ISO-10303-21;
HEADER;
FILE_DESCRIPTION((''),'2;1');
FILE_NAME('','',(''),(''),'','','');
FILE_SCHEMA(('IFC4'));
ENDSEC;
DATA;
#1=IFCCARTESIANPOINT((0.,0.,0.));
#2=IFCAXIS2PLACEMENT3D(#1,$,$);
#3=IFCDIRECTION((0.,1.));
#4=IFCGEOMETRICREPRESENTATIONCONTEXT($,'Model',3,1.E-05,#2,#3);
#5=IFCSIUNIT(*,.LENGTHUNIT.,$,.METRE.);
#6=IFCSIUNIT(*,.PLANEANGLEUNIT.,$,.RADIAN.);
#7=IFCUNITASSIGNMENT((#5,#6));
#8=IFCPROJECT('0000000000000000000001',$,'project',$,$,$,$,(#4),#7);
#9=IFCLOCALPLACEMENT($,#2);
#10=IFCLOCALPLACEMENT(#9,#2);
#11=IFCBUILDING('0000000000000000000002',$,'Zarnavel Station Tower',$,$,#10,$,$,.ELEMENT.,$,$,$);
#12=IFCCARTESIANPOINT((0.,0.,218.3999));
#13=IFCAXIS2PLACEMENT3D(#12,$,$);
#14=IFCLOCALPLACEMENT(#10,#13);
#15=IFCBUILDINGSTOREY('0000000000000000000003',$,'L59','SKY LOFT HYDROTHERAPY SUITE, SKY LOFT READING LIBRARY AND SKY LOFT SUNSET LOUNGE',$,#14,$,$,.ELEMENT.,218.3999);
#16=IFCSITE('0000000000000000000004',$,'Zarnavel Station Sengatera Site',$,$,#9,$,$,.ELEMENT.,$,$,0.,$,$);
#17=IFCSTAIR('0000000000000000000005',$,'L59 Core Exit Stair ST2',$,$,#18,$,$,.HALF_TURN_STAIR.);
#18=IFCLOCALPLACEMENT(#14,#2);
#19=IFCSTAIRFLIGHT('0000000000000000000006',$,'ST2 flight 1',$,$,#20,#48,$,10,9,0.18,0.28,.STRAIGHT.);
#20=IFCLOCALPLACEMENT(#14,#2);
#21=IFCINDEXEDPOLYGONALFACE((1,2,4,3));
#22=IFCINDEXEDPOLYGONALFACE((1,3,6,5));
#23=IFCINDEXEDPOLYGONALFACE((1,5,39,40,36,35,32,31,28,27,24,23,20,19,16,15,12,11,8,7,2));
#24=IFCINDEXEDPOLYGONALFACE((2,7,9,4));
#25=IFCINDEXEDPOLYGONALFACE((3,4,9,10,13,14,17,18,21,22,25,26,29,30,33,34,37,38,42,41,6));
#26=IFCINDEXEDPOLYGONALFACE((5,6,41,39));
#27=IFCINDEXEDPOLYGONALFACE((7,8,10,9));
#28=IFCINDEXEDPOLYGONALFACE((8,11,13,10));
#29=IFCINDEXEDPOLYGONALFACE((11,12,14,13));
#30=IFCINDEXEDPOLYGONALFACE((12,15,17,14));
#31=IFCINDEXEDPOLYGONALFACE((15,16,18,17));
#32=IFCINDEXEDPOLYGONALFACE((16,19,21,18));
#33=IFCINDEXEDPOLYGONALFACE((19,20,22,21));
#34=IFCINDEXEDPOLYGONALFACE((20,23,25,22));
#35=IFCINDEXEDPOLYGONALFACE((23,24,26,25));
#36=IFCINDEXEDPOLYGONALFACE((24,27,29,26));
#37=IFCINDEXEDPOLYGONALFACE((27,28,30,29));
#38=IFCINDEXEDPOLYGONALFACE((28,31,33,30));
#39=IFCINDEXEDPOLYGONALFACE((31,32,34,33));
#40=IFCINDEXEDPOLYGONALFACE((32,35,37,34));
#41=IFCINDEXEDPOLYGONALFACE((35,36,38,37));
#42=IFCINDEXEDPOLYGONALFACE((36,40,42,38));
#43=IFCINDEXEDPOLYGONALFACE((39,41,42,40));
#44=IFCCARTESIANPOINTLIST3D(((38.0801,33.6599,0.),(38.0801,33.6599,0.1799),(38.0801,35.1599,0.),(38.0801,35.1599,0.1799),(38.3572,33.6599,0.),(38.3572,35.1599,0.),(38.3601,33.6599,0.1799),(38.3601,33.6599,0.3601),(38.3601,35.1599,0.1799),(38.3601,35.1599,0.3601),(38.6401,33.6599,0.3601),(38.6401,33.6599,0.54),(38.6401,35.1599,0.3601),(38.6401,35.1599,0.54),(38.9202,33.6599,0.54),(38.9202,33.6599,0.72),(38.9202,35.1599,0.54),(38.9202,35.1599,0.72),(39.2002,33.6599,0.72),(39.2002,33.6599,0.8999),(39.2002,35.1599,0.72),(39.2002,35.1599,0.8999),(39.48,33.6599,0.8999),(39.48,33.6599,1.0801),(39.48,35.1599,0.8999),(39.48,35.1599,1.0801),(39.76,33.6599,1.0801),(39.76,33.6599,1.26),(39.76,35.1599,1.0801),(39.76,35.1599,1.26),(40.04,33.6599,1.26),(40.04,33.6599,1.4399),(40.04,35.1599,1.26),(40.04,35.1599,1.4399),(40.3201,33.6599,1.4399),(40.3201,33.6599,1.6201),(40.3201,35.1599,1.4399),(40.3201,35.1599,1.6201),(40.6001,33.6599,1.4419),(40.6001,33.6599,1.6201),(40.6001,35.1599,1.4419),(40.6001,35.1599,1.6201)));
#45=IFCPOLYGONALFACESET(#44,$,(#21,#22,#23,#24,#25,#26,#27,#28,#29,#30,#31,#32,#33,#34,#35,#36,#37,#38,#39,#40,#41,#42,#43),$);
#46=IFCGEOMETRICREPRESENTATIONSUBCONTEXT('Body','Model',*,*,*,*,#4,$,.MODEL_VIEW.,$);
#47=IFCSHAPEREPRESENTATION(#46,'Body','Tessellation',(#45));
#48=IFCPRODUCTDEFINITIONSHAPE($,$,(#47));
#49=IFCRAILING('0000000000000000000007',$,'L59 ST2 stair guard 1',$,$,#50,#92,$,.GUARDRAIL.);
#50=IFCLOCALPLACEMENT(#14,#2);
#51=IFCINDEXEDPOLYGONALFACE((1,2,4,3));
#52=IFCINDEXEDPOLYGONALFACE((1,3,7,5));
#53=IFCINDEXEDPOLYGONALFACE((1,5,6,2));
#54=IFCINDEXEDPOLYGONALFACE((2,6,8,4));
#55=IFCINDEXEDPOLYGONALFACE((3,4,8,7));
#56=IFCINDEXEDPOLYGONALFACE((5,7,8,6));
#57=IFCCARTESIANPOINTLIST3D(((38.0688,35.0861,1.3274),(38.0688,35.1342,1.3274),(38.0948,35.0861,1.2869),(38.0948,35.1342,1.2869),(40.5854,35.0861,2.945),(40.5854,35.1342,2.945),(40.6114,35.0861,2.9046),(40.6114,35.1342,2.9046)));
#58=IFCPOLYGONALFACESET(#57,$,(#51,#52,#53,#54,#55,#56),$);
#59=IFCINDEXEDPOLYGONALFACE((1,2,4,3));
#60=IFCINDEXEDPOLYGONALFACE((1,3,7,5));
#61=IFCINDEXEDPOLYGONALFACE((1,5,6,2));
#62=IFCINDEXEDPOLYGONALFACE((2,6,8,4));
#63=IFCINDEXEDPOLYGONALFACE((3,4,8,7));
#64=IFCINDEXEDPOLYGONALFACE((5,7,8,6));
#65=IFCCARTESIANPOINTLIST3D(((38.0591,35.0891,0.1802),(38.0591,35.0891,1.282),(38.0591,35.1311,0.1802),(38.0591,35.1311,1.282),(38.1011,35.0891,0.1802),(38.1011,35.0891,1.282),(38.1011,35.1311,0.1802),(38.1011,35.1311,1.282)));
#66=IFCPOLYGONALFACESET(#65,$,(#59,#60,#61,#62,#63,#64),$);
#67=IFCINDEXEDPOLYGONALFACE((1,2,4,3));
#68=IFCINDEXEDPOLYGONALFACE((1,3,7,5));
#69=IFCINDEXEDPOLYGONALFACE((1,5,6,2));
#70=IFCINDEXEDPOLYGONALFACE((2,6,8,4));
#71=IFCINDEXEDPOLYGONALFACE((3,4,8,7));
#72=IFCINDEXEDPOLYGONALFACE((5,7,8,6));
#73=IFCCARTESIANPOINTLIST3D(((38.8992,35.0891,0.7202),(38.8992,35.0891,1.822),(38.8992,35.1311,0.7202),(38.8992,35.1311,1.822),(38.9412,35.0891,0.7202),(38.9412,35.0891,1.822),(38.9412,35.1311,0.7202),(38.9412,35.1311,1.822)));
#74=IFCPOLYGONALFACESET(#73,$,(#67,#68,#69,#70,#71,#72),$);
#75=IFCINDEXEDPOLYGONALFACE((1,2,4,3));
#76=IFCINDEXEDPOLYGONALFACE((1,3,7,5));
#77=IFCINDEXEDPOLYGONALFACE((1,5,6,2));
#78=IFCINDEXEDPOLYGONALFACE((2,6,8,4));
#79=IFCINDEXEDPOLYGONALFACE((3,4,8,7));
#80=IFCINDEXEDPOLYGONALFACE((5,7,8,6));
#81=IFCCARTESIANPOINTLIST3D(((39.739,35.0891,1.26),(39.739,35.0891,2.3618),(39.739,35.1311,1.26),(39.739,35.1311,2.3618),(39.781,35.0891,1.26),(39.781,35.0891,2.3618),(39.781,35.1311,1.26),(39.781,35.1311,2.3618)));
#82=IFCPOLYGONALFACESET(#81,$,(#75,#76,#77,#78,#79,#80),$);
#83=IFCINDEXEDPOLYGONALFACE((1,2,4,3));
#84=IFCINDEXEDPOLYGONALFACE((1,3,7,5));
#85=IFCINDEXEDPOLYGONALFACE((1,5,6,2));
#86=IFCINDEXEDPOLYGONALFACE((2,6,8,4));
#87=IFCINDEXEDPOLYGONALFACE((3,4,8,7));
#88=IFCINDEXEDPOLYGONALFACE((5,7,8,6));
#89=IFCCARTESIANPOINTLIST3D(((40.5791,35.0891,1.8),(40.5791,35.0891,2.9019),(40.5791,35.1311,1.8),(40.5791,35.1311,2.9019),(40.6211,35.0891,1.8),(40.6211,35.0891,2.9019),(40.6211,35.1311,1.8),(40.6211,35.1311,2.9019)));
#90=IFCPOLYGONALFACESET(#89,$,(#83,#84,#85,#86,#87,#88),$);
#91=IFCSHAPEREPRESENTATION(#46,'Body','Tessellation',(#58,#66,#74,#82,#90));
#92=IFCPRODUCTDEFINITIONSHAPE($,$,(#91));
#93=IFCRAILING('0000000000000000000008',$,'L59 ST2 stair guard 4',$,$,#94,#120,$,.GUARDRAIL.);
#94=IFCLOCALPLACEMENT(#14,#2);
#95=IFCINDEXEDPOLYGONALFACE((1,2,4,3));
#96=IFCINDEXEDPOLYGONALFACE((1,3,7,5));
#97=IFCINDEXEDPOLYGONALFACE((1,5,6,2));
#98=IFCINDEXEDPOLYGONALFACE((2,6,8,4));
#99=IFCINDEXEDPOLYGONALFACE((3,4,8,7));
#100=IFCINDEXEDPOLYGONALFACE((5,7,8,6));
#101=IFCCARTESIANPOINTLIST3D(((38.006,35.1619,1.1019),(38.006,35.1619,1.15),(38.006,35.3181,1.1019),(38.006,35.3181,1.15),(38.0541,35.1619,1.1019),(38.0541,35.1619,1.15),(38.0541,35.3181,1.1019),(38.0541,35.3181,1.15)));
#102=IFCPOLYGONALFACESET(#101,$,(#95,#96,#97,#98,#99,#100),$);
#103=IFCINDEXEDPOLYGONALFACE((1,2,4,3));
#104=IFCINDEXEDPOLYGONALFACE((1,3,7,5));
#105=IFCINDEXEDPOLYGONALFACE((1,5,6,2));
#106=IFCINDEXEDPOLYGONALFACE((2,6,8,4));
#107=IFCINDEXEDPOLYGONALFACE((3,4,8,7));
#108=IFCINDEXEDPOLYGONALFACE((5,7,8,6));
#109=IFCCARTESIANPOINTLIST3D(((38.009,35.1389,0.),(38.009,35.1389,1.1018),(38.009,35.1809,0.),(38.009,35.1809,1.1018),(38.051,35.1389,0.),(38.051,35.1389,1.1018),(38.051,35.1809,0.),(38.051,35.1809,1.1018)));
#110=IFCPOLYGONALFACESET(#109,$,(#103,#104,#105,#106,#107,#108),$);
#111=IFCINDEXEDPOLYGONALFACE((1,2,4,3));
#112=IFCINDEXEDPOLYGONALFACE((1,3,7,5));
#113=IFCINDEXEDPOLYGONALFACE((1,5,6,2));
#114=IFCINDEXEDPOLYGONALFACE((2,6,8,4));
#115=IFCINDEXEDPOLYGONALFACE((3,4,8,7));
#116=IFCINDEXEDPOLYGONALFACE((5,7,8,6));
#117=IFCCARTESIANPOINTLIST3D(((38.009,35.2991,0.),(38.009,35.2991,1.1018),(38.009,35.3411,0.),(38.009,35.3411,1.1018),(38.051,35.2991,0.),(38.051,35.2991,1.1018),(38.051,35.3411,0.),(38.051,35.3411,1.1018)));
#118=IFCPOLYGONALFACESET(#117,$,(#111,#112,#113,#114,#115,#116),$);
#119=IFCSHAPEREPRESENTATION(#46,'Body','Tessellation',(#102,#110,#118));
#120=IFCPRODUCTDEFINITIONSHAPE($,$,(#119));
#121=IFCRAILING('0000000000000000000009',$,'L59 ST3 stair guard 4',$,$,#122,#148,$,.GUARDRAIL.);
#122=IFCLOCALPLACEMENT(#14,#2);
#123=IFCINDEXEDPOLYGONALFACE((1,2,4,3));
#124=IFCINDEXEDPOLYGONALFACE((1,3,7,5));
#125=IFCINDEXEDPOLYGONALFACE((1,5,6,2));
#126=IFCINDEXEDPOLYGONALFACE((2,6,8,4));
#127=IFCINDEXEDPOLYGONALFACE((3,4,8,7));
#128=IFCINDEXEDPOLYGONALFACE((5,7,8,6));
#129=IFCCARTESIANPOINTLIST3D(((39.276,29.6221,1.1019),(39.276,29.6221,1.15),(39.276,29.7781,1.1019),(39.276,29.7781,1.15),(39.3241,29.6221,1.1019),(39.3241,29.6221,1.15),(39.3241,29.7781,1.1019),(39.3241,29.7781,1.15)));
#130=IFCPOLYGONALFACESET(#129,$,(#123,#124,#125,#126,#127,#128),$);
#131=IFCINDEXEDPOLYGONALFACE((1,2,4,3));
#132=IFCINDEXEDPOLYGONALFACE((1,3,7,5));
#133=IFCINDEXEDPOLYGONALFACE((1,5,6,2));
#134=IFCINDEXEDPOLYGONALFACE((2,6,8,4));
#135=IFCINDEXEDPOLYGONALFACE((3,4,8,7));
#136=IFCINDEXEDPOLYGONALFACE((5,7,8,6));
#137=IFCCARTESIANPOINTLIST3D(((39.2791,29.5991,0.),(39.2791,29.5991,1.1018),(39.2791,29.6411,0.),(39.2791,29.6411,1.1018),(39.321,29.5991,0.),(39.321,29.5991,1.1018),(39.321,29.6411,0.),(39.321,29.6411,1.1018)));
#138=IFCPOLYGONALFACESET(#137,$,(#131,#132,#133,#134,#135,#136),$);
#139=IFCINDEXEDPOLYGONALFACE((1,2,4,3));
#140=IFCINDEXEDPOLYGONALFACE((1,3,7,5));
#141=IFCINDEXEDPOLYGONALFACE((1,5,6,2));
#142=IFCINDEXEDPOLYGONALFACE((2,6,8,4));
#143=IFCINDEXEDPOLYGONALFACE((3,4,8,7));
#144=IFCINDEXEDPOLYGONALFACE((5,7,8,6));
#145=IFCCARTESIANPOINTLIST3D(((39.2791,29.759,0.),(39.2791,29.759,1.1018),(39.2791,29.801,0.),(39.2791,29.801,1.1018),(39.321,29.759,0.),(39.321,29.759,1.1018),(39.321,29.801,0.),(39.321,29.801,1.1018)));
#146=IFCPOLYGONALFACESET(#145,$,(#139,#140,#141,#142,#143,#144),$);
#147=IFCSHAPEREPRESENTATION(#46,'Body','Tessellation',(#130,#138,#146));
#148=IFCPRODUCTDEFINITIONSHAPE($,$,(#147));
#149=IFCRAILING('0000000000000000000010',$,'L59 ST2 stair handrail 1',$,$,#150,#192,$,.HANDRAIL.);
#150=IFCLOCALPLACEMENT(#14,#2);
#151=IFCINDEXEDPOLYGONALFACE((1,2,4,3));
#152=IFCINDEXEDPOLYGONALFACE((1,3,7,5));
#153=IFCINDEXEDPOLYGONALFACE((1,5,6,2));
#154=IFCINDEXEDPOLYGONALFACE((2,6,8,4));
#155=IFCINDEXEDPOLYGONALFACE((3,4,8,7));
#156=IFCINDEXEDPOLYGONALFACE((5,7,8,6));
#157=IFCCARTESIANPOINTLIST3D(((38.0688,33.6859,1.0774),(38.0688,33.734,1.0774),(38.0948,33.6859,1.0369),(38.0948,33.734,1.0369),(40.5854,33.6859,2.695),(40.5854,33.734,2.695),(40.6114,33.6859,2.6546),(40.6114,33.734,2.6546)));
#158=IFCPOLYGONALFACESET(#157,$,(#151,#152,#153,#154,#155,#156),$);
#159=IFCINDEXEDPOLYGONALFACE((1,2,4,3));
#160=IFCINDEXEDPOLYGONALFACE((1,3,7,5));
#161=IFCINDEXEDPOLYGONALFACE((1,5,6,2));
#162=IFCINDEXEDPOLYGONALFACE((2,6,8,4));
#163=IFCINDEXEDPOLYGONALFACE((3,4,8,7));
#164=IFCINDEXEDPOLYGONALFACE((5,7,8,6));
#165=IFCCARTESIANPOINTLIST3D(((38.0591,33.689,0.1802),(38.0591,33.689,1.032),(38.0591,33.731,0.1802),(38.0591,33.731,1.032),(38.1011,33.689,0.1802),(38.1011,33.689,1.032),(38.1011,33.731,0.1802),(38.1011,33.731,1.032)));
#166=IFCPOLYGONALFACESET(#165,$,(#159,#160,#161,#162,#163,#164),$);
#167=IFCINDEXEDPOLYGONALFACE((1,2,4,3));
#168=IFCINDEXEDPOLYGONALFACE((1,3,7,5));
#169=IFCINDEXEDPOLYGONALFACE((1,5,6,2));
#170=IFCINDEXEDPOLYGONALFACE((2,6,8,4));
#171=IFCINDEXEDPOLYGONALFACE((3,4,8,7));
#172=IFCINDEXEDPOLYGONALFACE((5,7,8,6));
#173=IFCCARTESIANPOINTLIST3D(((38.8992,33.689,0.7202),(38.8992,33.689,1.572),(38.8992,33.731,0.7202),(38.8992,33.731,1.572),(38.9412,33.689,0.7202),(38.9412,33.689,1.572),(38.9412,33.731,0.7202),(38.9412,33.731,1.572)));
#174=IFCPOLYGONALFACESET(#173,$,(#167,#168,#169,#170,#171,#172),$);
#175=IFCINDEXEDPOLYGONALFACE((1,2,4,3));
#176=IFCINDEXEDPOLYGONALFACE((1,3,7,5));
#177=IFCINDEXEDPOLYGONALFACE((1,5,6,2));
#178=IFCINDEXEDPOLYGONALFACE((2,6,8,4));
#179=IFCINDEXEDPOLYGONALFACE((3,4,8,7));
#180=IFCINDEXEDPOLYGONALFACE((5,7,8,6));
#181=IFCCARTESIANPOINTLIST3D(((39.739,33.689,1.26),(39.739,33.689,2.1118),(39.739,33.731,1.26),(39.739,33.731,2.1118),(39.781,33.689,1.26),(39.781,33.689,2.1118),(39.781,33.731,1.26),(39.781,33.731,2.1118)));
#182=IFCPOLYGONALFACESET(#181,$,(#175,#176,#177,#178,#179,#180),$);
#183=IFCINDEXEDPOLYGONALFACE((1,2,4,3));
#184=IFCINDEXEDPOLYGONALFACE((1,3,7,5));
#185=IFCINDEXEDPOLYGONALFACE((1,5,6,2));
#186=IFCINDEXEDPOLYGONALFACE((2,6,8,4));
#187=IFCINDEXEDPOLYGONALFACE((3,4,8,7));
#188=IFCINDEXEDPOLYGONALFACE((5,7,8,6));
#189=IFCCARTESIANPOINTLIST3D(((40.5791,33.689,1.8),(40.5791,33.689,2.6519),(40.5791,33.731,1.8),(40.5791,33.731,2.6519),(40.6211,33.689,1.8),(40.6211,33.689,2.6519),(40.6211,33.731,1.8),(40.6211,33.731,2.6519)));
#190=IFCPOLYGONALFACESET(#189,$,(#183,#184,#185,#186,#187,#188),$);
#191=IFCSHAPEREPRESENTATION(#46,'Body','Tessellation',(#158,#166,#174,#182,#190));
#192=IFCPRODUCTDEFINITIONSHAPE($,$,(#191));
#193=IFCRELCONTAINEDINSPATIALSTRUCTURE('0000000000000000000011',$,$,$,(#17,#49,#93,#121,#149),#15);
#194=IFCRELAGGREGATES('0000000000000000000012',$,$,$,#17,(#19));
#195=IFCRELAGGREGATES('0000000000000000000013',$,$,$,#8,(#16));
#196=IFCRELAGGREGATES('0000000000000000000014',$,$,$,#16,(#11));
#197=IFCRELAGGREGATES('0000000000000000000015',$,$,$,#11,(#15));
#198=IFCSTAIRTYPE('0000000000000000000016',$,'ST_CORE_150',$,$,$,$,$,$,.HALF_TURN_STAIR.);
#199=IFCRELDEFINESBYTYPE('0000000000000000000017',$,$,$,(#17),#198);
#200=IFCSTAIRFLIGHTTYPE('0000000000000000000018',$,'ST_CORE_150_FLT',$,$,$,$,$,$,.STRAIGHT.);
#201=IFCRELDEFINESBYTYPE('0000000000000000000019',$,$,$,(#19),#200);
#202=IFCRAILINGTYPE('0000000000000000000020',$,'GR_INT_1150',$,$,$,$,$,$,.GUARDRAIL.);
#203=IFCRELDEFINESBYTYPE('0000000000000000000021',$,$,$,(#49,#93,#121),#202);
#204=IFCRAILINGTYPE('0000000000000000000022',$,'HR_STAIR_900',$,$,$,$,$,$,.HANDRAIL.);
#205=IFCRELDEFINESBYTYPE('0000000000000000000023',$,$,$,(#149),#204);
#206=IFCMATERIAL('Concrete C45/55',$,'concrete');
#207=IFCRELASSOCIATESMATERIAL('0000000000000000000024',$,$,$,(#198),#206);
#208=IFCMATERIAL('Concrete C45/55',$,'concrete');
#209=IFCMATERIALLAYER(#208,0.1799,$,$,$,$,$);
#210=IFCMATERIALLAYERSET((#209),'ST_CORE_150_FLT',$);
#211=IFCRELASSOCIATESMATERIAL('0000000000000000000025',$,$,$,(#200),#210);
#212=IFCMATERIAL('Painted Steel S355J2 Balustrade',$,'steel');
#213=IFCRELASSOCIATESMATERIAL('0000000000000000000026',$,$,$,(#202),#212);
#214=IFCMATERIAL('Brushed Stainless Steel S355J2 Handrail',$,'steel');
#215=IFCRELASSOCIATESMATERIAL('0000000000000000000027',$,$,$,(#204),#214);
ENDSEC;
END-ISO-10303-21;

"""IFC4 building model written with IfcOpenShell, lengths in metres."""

from ifc_helpers import new_model, si_unit, direction, frame, origin, origin_2d, place, context, subcontext, project, spatial, polyline, rectangle, outline, extrude, material, layer, layer_set, type_object, element, aggregate, save


model = new_model("IFC4")

# Units and contexts
model_context = context("Model", 3, precision=1e-05, world=origin(), true_north=direction((0.0, 1.0)))
body_context = subcontext(model_context, "Body", "Model", "MODEL_VIEW")
ifc_project = project(units=[si_unit("LENGTHUNIT", "METRE"), si_unit("PLANEANGLEUNIT", "RADIAN")], contexts=[model_context])

# Site, building, storey
site_placement = place(None, origin())
site = spatial("IfcSite", under=ifc_project, at=site_placement, Name="Zarnavel Station Sengatera Site", CompositionType="ELEMENT", RefElevation=0.0)
building_placement = place(site_placement, origin())
building = spatial("IfcBuilding", under=site, at=building_placement, Name="Zarnavel Station Tower", CompositionType="ELEMENT")
storey_placement = place(building_placement, frame((0.0, 0.0, 218.3999)))
storey = spatial("IfcBuildingStorey", under=building, at=storey_placement, Name="L59", Description="SKY LOFT HYDROTHERAPY SUITE, SKY LOFT READING LIBRARY AND SKY LOFT SUNSET LOUNGE", CompositionType="ELEMENT", Elevation=218.3999)

# Stair, stair flight
ifc_material_1 = material(Name="Concrete C45/55", Category="concrete")
stair_type = type_object("IfcStairType", Name="ST_CORE_150", PredefinedType="HALF_TURN_STAIR", material=ifc_material_1)
stair_placement = place(storey_placement, origin())
stair = element("IfcStair", 1, at=stair_placement, inside=storey, type_object=stair_type, Name="L59 Core Exit Stair ST2", PredefinedType="HALF_TURN_STAIR")
ifc_material_2 = material(Name="Concrete C45/55", Category="concrete")
ifc_layer_1 = layer(ifc_material_2, 0.1799)
ifc_layer_set_1 = layer_set([ifc_layer_1], Name="ST_CORE_150_FLT")
stair_flight_type = type_object("IfcStairFlightType", Name="ST_CORE_150_FLT", PredefinedType="STRAIGHT", material=ifc_layer_set_1)
stair_flight_placement = place(storey_placement, frame((38.0801, 34.4099, 0.0), z_axis=(0.0, 0.0, 1.0), x_axis=(1.0, 0.0, 0.0)))
stair_flight = element("IfcStairFlight", 2, at=stair_flight_placement, type_object=stair_flight_type, Name="ST2 flight 1", NumberOfRisers=10, NumberOfTreads=9, PredefinedType="STRAIGHT", RiserHeight=0.18, TreadLength=0.28, context=body_context, shape_type="SweptSolid", body=[
    extrude(outline(polyline([(0.0, 0.0), (0.0, 0.1799), (0.28, 0.1799), (0.28, 0.3601), (0.5601, 0.3601), (0.5601, 0.54), (0.8401, 0.54), (0.8401, 0.72), (1.1201, 0.72), (1.1201, 0.8999), (1.3999, 0.8999), (1.3999, 1.0801), (1.6799, 1.0801), (1.6799, 1.26), (1.96, 1.26), (1.96, 1.4399), (2.24, 1.4399), (2.24, 1.6201), (2.52, 1.6201), (2.52, 1.8), (2.52, 1.4419), (0.2771, 0.0), (0.0, 0.0)])), frame((0.0, 0.75, 0.0), z_axis=(0.0, -1.0, 0.0), x_axis=(1.0, 0.0, 0.0)), (0.0, 0.0, 1.0), 1.5),
])
aggregate(stair, [stair_flight])

# Railings
ifc_material_3 = material(Name="Painted Steel S355J2 Balustrade", Category="steel")
railing_type_1 = type_object("IfcRailingType", Name="GR_INT_1150", PredefinedType="GUARDRAIL", material=ifc_material_3)
railing_1_placement = place(storey_placement, frame((38.0801, 35.1101, 0.1802)))
element("IfcRailing", 3, at=railing_1_placement, inside=storey, type_object=railing_type_1, Name="L59 ST2 stair guard 1", PredefinedType="GUARDRAIL", context=body_context, shape_type="SweptSolid", body=[
    extrude(rectangle(XDim=0.0481, YDim=0.0481, at=origin_2d()), frame((0.0017, 0.0, 1.127), z_axis=(0.8412, 0.0, 0.540725), x_axis=(0.0, 1.0, 0.0)), (0.0, 0.0, 1.0), 2.9917),
    extrude(rectangle(XDim=0.042, YDim=0.042, at=origin_2d()), origin(), (0.0, 0.0, 1.0), 1.1018),
    extrude(rectangle(XDim=0.042, YDim=0.042, at=origin_2d()), frame((0.8401, 0.0, 0.54)), (0.0, 0.0, 1.0), 1.1018),
    extrude(rectangle(XDim=0.042, YDim=0.042, at=origin_2d()), frame((1.6799, 0.0, 1.0798)), (0.0, 0.0, 1.0), 1.1018),
    extrude(rectangle(XDim=0.042, YDim=0.042, at=origin_2d()), frame((2.52, 0.0, 1.6199)), (0.0, 0.0, 1.0), 1.1018),
])
railing_2_placement = place(storey_placement, frame((38.03, 35.1599, 0.0)))
element("IfcRailing", 4, at=railing_2_placement, inside=storey, type_object=railing_type_1, Name="L59 ST2 stair guard 4", PredefinedType="GUARDRAIL", context=body_context, shape_type="SweptSolid", body=[
    extrude(rectangle(XDim=0.0481, YDim=0.0481, at=origin_2d()), frame((0.0, 0.002, 1.126), z_axis=(0.0, 1.0, 0.0), x_axis=(-1.0, 0.0, 0.0)), (0.0, 0.0, 1.0), 0.1562),
    extrude(rectangle(XDim=0.042, YDim=0.042, at=origin_2d()), origin(), (0.0, 0.0, 1.0), 1.1018),
    extrude(rectangle(XDim=0.042, YDim=0.042, at=origin_2d()), frame((0.0, 0.1602, 0.0)), (0.0, 0.0, 1.0), 1.1018),
])
railing_3_placement = place(storey_placement, frame((39.3, 29.6201, 0.0)))
element("IfcRailing", 5, at=railing_3_placement, inside=storey, type_object=railing_type_1, Name="L59 ST3 stair guard 4", PredefinedType="GUARDRAIL", context=body_context, shape_type="SweptSolid", body=[
    extrude(rectangle(XDim=0.0481, YDim=0.0481, at=origin_2d()), frame((0.0, 0.002, 1.126), z_axis=(0.0, 1.0, 0.0), x_axis=(-1.0, 0.0, 0.0)), (0.0, 0.0, 1.0), 0.156),
    extrude(rectangle(XDim=0.042, YDim=0.042, at=origin_2d()), origin(), (0.0, 0.0, 1.0), 1.1018),
    extrude(rectangle(XDim=0.042, YDim=0.042, at=origin_2d()), frame((0.0, 0.1599, 0.0)), (0.0, 0.0, 1.0), 1.1018),
])
ifc_material_4 = material(Name="Brushed Stainless Steel S355J2 Handrail", Category="steel")
railing_type_2 = type_object("IfcRailingType", Name="HR_STAIR_900", PredefinedType="HANDRAIL", material=ifc_material_4)
railing_4_placement = place(storey_placement, frame((38.0801, 33.71, 0.1802)))
element("IfcRailing", 6, at=railing_4_placement, inside=storey, type_object=railing_type_2, Name="L59 ST2 stair handrail 1", PredefinedType="HANDRAIL", context=body_context, shape_type="SweptSolid", body=[
    extrude(rectangle(XDim=0.0481, YDim=0.0481, at=origin_2d()), frame((0.0017, 0.0, 0.877), z_axis=(0.8412, 0.0, 0.540725), x_axis=(0.0, 1.0, 0.0)), (0.0, 0.0, 1.0), 2.9917),
    extrude(rectangle(XDim=0.042, YDim=0.042, at=origin_2d()), origin(), (0.0, 0.0, 1.0), 0.8518),
    extrude(rectangle(XDim=0.042, YDim=0.042, at=origin_2d()), frame((0.8401, 0.0, 0.54)), (0.0, 0.0, 1.0), 0.8518),
    extrude(rectangle(XDim=0.042, YDim=0.042, at=origin_2d()), frame((1.6799, 0.0, 1.0798)), (0.0, 0.0, 1.0), 0.8518),
    extrude(rectangle(XDim=0.042, YDim=0.042, at=origin_2d()), frame((2.52, 0.0, 1.6199)), (0.0, 0.0, 1.0), 0.8518),
])

save(model, "model.ifc")
